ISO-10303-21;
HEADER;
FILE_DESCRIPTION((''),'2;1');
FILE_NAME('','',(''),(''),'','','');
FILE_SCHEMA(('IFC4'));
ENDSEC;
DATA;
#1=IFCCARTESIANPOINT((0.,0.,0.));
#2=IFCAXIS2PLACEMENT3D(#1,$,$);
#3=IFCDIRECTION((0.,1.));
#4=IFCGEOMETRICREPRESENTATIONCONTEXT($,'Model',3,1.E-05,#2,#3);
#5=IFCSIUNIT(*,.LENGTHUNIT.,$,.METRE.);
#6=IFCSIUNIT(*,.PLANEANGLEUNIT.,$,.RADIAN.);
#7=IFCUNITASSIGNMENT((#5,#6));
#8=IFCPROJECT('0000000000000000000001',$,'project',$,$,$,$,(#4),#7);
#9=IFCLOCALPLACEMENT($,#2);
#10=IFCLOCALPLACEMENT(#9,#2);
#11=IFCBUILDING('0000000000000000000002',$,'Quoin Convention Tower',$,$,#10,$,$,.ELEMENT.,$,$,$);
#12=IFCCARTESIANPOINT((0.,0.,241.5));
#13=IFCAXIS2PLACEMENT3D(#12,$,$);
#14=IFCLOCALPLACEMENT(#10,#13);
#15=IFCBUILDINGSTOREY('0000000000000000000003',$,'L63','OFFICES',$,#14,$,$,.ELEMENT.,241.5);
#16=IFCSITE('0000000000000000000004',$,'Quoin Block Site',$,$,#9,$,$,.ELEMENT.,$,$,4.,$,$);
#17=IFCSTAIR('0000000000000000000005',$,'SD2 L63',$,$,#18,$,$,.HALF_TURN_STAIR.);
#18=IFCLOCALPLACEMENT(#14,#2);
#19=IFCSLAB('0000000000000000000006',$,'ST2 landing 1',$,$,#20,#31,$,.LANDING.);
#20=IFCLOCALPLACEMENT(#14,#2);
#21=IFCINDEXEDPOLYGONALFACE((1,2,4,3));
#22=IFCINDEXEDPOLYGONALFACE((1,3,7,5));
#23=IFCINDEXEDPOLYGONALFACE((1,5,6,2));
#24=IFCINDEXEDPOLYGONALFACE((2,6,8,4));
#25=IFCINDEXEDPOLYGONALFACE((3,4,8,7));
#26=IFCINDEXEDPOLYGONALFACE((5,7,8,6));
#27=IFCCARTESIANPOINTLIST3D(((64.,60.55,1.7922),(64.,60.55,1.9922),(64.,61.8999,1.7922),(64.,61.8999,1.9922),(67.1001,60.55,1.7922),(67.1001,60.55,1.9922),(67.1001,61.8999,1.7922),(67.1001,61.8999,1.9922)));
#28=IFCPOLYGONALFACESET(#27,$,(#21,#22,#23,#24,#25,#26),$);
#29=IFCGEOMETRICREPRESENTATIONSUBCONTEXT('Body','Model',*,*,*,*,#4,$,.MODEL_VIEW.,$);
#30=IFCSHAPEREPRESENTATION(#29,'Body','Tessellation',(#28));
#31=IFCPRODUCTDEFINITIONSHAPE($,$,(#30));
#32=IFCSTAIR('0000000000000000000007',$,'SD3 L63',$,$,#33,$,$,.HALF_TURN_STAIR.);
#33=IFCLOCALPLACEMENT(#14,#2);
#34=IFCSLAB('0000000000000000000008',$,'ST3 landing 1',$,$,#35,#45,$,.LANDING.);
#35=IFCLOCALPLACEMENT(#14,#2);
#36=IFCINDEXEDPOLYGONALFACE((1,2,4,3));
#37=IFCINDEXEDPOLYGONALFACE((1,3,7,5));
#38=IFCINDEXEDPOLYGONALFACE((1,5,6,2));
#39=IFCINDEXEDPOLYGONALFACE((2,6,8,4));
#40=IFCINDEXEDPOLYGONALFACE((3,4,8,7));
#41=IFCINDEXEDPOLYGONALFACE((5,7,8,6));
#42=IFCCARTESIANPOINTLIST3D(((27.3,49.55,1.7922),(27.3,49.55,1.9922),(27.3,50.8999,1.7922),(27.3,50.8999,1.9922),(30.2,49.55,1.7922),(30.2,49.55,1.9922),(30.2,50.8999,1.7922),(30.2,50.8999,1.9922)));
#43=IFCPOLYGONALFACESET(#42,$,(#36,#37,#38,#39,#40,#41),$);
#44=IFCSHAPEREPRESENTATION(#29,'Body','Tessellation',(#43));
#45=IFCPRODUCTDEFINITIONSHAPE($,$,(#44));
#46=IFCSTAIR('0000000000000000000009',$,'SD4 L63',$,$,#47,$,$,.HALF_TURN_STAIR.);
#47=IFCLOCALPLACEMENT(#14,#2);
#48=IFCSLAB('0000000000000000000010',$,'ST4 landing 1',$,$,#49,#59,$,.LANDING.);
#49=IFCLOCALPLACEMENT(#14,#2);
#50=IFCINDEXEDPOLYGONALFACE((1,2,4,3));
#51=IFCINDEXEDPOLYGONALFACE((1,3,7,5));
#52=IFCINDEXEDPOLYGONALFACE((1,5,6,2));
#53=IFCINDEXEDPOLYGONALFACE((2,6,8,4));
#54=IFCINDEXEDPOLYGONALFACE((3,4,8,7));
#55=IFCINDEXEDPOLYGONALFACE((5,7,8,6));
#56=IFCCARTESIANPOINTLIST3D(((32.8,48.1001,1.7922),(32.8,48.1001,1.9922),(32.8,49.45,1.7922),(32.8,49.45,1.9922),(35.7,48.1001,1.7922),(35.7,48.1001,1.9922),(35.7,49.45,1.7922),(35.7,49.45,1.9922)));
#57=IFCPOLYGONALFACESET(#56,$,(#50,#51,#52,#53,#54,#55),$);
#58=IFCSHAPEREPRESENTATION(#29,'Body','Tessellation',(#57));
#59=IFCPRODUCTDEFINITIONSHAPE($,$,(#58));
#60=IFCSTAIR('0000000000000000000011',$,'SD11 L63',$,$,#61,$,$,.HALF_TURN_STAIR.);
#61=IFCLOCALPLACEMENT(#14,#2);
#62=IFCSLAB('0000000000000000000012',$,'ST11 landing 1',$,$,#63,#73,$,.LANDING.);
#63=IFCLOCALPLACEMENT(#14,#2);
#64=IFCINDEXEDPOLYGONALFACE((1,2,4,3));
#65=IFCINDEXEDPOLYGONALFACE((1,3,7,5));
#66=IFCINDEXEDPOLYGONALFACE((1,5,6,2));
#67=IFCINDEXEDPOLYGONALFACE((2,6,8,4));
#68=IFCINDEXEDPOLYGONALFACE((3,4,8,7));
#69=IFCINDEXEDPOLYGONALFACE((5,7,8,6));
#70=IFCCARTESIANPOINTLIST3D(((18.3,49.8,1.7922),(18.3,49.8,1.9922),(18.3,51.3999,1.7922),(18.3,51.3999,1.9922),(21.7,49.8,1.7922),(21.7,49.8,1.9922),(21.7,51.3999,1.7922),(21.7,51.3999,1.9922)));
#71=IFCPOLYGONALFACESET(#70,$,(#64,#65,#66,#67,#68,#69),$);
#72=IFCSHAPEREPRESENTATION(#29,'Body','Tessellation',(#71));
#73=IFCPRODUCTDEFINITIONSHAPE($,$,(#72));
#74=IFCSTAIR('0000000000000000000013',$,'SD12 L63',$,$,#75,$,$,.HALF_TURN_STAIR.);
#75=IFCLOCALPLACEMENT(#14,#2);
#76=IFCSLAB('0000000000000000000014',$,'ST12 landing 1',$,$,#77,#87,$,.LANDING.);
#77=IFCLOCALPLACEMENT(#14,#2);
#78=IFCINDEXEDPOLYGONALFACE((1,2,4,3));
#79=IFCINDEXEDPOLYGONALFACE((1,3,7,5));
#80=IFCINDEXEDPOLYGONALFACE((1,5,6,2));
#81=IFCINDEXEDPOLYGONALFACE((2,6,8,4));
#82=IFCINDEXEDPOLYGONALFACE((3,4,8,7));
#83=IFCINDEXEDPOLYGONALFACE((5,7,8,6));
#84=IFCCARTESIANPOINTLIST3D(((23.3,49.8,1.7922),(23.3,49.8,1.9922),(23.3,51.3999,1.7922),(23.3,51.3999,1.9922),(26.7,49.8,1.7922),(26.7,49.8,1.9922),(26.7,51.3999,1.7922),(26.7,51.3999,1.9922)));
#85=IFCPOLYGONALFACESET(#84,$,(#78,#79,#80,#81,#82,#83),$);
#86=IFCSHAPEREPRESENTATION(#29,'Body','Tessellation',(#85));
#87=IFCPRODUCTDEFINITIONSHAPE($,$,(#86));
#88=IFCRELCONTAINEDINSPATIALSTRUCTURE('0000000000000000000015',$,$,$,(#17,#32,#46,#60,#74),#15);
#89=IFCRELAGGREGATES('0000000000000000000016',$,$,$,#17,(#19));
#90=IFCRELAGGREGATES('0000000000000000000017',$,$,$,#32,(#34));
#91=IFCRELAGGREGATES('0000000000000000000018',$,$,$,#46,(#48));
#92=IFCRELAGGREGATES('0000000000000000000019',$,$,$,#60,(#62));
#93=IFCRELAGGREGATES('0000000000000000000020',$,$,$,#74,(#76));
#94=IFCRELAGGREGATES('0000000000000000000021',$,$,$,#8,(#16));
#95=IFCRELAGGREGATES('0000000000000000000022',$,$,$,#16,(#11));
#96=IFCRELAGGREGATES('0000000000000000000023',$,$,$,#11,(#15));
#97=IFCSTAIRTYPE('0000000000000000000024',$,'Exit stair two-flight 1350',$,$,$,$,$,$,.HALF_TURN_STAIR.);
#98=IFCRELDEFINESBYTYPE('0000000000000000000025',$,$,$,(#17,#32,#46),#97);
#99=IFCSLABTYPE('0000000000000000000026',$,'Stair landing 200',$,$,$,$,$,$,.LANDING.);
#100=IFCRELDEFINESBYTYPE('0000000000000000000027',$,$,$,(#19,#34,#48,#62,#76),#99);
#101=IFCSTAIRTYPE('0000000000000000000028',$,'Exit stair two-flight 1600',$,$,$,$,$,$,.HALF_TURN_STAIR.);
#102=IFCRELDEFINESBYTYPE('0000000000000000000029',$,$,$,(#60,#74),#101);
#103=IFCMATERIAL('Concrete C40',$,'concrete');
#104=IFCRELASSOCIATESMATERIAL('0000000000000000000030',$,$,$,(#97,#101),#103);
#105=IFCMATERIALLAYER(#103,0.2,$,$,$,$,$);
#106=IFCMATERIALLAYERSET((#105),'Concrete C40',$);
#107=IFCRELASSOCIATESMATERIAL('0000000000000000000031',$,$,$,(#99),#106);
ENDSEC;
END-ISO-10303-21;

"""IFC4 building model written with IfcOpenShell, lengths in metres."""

from ifc_helpers import new_model, si_unit, direction, frame, origin, place, context, subcontext, project, spatial, polyline, outline, extrude, material, layer, layer_set, type_object, element, aggregate, save


model = new_model("IFC4")

# Units and contexts
model_context = context("Model", 3, precision=1e-05, world=origin(), true_north=direction((0.0, 1.0)))
body_context = subcontext(model_context, "Body", "Model", "MODEL_VIEW")
ifc_project = project(units=[si_unit("LENGTHUNIT", "METRE"), si_unit("PLANEANGLEUNIT", "RADIAN")], contexts=[model_context])

# Site, building, storey
site_placement = place(None, origin())
site = spatial("IfcSite", under=ifc_project, at=site_placement, Name="Quoin Block Site", CompositionType="ELEMENT", RefElevation=4.0)
building_placement = place(site_placement, origin())
building = spatial("IfcBuilding", under=site, at=building_placement, Name="Quoin Convention Tower", CompositionType="ELEMENT")
storey_placement = place(building_placement, frame((0.0, 0.0, 241.5)))
storey = spatial("IfcBuildingStorey", under=building, at=storey_placement, Name="L63", Description="OFFICES", CompositionType="ELEMENT", Elevation=241.5)

# Shared definitions
ifc_material_1 = material(Name="Concrete C40", Category="concrete")

# Stairs, slabs
stair_type_1 = type_object("IfcStairType", Name="Exit stair two-flight 1350", PredefinedType="HALF_TURN_STAIR", material=ifc_material_1)
ifc_layer_1 = layer(ifc_material_1, 0.2)
ifc_layer_set_1 = layer_set([ifc_layer_1], Name="Concrete C40")
slab_type_1 = type_object("IfcSlabType", Name="Stair landing 200", PredefinedType="LANDING", material=ifc_layer_set_1)
stair_1_placement = place(storey_placement, origin())
stair_1 = element("IfcStair", 1, at=stair_1_placement, inside=storey, type_object=stair_type_1, Name="SD2 L63", PredefinedType="HALF_TURN_STAIR")
slab_1_placement = place(storey_placement, frame((0.0, 0.0, 1.7922)))
slab_1 = element("IfcSlab", 2, at=slab_1_placement, type_object=slab_type_1, Name="ST2 landing 1", PredefinedType="LANDING", context=body_context, shape_type="SweptSolid", body=[
    extrude(outline(polyline([(64.0, 60.55), (67.1001, 60.55), (67.1001, 61.8999), (64.0, 61.8999), (64.0, 60.55)])), origin(), (0.0, 0.0, 1.0), 0.2),
])
aggregate(stair_1, [slab_1])
stair_2_placement = place(storey_placement, origin())
stair_2 = element("IfcStair", 3, at=stair_2_placement, inside=storey, type_object=stair_type_1, Name="SD3 L63", PredefinedType="HALF_TURN_STAIR")
slab_2_placement = place(storey_placement, frame((0.0, 0.0, 1.7922)))
slab_2 = element("IfcSlab", 4, at=slab_2_placement, type_object=slab_type_1, Name="ST3 landing 1", PredefinedType="LANDING", context=body_context, shape_type="SweptSolid", body=[
    extrude(outline(polyline([(27.3, 49.55), (30.2, 49.55), (30.2, 50.8999), (27.3, 50.8999), (27.3, 49.55)])), origin(), (0.0, 0.0, 1.0), 0.2),
])
aggregate(stair_2, [slab_2])
stair_3_placement = place(storey_placement, origin())
stair_3 = element("IfcStair", 5, at=stair_3_placement, inside=storey, type_object=stair_type_1, Name="SD4 L63", PredefinedType="HALF_TURN_STAIR")
slab_3_placement = place(storey_placement, frame((0.0, 0.0, 1.7922)))
slab_3 = element("IfcSlab", 6, at=slab_3_placement, type_object=slab_type_1, Name="ST4 landing 1", PredefinedType="LANDING", context=body_context, shape_type="SweptSolid", body=[
    extrude(outline(polyline([(35.7, 49.45), (32.8, 49.45), (32.8, 48.1001), (35.7, 48.1001), (35.7, 49.45)])), origin(), (0.0, 0.0, 1.0), 0.2),
])
aggregate(stair_3, [slab_3])
stair_type_2 = type_object("IfcStairType", Name="Exit stair two-flight 1600", PredefinedType="HALF_TURN_STAIR", material=ifc_material_1)
stair_4_placement = place(storey_placement, origin())
stair_4 = element("IfcStair", 7, at=stair_4_placement, inside=storey, type_object=stair_type_2, Name="SD11 L63", PredefinedType="HALF_TURN_STAIR")
slab_4_placement = place(storey_placement, frame((0.0, 0.0, 1.7922)))
slab_4 = element("IfcSlab", 8, at=slab_4_placement, type_object=slab_type_1, Name="ST11 landing 1", PredefinedType="LANDING", context=body_context, shape_type="SweptSolid", body=[
    extrude(outline(polyline([(21.7, 51.3999), (18.3, 51.3999), (18.3, 49.8), (21.7, 49.8), (21.7, 51.3999)])), origin(), (0.0, 0.0, 1.0), 0.2),
])
aggregate(stair_4, [slab_4])
stair_5_placement = place(storey_placement, origin())
stair_5 = element("IfcStair", 9, at=stair_5_placement, inside=storey, type_object=stair_type_2, Name="SD12 L63", PredefinedType="HALF_TURN_STAIR")
slab_5_placement = place(storey_placement, frame((0.0, 0.0, 1.7922)))
slab_5 = element("IfcSlab", 10, at=slab_5_placement, type_object=slab_type_1, Name="ST12 landing 1", PredefinedType="LANDING", context=body_context, shape_type="SweptSolid", body=[
    extrude(outline(polyline([(26.7, 51.3999), (23.3, 51.3999), (23.3, 49.8), (26.7, 49.8), (26.7, 51.3999)])), origin(), (0.0, 0.0, 1.0), 0.2),
])
aggregate(stair_5, [slab_5])

save(model, "model.ifc")
